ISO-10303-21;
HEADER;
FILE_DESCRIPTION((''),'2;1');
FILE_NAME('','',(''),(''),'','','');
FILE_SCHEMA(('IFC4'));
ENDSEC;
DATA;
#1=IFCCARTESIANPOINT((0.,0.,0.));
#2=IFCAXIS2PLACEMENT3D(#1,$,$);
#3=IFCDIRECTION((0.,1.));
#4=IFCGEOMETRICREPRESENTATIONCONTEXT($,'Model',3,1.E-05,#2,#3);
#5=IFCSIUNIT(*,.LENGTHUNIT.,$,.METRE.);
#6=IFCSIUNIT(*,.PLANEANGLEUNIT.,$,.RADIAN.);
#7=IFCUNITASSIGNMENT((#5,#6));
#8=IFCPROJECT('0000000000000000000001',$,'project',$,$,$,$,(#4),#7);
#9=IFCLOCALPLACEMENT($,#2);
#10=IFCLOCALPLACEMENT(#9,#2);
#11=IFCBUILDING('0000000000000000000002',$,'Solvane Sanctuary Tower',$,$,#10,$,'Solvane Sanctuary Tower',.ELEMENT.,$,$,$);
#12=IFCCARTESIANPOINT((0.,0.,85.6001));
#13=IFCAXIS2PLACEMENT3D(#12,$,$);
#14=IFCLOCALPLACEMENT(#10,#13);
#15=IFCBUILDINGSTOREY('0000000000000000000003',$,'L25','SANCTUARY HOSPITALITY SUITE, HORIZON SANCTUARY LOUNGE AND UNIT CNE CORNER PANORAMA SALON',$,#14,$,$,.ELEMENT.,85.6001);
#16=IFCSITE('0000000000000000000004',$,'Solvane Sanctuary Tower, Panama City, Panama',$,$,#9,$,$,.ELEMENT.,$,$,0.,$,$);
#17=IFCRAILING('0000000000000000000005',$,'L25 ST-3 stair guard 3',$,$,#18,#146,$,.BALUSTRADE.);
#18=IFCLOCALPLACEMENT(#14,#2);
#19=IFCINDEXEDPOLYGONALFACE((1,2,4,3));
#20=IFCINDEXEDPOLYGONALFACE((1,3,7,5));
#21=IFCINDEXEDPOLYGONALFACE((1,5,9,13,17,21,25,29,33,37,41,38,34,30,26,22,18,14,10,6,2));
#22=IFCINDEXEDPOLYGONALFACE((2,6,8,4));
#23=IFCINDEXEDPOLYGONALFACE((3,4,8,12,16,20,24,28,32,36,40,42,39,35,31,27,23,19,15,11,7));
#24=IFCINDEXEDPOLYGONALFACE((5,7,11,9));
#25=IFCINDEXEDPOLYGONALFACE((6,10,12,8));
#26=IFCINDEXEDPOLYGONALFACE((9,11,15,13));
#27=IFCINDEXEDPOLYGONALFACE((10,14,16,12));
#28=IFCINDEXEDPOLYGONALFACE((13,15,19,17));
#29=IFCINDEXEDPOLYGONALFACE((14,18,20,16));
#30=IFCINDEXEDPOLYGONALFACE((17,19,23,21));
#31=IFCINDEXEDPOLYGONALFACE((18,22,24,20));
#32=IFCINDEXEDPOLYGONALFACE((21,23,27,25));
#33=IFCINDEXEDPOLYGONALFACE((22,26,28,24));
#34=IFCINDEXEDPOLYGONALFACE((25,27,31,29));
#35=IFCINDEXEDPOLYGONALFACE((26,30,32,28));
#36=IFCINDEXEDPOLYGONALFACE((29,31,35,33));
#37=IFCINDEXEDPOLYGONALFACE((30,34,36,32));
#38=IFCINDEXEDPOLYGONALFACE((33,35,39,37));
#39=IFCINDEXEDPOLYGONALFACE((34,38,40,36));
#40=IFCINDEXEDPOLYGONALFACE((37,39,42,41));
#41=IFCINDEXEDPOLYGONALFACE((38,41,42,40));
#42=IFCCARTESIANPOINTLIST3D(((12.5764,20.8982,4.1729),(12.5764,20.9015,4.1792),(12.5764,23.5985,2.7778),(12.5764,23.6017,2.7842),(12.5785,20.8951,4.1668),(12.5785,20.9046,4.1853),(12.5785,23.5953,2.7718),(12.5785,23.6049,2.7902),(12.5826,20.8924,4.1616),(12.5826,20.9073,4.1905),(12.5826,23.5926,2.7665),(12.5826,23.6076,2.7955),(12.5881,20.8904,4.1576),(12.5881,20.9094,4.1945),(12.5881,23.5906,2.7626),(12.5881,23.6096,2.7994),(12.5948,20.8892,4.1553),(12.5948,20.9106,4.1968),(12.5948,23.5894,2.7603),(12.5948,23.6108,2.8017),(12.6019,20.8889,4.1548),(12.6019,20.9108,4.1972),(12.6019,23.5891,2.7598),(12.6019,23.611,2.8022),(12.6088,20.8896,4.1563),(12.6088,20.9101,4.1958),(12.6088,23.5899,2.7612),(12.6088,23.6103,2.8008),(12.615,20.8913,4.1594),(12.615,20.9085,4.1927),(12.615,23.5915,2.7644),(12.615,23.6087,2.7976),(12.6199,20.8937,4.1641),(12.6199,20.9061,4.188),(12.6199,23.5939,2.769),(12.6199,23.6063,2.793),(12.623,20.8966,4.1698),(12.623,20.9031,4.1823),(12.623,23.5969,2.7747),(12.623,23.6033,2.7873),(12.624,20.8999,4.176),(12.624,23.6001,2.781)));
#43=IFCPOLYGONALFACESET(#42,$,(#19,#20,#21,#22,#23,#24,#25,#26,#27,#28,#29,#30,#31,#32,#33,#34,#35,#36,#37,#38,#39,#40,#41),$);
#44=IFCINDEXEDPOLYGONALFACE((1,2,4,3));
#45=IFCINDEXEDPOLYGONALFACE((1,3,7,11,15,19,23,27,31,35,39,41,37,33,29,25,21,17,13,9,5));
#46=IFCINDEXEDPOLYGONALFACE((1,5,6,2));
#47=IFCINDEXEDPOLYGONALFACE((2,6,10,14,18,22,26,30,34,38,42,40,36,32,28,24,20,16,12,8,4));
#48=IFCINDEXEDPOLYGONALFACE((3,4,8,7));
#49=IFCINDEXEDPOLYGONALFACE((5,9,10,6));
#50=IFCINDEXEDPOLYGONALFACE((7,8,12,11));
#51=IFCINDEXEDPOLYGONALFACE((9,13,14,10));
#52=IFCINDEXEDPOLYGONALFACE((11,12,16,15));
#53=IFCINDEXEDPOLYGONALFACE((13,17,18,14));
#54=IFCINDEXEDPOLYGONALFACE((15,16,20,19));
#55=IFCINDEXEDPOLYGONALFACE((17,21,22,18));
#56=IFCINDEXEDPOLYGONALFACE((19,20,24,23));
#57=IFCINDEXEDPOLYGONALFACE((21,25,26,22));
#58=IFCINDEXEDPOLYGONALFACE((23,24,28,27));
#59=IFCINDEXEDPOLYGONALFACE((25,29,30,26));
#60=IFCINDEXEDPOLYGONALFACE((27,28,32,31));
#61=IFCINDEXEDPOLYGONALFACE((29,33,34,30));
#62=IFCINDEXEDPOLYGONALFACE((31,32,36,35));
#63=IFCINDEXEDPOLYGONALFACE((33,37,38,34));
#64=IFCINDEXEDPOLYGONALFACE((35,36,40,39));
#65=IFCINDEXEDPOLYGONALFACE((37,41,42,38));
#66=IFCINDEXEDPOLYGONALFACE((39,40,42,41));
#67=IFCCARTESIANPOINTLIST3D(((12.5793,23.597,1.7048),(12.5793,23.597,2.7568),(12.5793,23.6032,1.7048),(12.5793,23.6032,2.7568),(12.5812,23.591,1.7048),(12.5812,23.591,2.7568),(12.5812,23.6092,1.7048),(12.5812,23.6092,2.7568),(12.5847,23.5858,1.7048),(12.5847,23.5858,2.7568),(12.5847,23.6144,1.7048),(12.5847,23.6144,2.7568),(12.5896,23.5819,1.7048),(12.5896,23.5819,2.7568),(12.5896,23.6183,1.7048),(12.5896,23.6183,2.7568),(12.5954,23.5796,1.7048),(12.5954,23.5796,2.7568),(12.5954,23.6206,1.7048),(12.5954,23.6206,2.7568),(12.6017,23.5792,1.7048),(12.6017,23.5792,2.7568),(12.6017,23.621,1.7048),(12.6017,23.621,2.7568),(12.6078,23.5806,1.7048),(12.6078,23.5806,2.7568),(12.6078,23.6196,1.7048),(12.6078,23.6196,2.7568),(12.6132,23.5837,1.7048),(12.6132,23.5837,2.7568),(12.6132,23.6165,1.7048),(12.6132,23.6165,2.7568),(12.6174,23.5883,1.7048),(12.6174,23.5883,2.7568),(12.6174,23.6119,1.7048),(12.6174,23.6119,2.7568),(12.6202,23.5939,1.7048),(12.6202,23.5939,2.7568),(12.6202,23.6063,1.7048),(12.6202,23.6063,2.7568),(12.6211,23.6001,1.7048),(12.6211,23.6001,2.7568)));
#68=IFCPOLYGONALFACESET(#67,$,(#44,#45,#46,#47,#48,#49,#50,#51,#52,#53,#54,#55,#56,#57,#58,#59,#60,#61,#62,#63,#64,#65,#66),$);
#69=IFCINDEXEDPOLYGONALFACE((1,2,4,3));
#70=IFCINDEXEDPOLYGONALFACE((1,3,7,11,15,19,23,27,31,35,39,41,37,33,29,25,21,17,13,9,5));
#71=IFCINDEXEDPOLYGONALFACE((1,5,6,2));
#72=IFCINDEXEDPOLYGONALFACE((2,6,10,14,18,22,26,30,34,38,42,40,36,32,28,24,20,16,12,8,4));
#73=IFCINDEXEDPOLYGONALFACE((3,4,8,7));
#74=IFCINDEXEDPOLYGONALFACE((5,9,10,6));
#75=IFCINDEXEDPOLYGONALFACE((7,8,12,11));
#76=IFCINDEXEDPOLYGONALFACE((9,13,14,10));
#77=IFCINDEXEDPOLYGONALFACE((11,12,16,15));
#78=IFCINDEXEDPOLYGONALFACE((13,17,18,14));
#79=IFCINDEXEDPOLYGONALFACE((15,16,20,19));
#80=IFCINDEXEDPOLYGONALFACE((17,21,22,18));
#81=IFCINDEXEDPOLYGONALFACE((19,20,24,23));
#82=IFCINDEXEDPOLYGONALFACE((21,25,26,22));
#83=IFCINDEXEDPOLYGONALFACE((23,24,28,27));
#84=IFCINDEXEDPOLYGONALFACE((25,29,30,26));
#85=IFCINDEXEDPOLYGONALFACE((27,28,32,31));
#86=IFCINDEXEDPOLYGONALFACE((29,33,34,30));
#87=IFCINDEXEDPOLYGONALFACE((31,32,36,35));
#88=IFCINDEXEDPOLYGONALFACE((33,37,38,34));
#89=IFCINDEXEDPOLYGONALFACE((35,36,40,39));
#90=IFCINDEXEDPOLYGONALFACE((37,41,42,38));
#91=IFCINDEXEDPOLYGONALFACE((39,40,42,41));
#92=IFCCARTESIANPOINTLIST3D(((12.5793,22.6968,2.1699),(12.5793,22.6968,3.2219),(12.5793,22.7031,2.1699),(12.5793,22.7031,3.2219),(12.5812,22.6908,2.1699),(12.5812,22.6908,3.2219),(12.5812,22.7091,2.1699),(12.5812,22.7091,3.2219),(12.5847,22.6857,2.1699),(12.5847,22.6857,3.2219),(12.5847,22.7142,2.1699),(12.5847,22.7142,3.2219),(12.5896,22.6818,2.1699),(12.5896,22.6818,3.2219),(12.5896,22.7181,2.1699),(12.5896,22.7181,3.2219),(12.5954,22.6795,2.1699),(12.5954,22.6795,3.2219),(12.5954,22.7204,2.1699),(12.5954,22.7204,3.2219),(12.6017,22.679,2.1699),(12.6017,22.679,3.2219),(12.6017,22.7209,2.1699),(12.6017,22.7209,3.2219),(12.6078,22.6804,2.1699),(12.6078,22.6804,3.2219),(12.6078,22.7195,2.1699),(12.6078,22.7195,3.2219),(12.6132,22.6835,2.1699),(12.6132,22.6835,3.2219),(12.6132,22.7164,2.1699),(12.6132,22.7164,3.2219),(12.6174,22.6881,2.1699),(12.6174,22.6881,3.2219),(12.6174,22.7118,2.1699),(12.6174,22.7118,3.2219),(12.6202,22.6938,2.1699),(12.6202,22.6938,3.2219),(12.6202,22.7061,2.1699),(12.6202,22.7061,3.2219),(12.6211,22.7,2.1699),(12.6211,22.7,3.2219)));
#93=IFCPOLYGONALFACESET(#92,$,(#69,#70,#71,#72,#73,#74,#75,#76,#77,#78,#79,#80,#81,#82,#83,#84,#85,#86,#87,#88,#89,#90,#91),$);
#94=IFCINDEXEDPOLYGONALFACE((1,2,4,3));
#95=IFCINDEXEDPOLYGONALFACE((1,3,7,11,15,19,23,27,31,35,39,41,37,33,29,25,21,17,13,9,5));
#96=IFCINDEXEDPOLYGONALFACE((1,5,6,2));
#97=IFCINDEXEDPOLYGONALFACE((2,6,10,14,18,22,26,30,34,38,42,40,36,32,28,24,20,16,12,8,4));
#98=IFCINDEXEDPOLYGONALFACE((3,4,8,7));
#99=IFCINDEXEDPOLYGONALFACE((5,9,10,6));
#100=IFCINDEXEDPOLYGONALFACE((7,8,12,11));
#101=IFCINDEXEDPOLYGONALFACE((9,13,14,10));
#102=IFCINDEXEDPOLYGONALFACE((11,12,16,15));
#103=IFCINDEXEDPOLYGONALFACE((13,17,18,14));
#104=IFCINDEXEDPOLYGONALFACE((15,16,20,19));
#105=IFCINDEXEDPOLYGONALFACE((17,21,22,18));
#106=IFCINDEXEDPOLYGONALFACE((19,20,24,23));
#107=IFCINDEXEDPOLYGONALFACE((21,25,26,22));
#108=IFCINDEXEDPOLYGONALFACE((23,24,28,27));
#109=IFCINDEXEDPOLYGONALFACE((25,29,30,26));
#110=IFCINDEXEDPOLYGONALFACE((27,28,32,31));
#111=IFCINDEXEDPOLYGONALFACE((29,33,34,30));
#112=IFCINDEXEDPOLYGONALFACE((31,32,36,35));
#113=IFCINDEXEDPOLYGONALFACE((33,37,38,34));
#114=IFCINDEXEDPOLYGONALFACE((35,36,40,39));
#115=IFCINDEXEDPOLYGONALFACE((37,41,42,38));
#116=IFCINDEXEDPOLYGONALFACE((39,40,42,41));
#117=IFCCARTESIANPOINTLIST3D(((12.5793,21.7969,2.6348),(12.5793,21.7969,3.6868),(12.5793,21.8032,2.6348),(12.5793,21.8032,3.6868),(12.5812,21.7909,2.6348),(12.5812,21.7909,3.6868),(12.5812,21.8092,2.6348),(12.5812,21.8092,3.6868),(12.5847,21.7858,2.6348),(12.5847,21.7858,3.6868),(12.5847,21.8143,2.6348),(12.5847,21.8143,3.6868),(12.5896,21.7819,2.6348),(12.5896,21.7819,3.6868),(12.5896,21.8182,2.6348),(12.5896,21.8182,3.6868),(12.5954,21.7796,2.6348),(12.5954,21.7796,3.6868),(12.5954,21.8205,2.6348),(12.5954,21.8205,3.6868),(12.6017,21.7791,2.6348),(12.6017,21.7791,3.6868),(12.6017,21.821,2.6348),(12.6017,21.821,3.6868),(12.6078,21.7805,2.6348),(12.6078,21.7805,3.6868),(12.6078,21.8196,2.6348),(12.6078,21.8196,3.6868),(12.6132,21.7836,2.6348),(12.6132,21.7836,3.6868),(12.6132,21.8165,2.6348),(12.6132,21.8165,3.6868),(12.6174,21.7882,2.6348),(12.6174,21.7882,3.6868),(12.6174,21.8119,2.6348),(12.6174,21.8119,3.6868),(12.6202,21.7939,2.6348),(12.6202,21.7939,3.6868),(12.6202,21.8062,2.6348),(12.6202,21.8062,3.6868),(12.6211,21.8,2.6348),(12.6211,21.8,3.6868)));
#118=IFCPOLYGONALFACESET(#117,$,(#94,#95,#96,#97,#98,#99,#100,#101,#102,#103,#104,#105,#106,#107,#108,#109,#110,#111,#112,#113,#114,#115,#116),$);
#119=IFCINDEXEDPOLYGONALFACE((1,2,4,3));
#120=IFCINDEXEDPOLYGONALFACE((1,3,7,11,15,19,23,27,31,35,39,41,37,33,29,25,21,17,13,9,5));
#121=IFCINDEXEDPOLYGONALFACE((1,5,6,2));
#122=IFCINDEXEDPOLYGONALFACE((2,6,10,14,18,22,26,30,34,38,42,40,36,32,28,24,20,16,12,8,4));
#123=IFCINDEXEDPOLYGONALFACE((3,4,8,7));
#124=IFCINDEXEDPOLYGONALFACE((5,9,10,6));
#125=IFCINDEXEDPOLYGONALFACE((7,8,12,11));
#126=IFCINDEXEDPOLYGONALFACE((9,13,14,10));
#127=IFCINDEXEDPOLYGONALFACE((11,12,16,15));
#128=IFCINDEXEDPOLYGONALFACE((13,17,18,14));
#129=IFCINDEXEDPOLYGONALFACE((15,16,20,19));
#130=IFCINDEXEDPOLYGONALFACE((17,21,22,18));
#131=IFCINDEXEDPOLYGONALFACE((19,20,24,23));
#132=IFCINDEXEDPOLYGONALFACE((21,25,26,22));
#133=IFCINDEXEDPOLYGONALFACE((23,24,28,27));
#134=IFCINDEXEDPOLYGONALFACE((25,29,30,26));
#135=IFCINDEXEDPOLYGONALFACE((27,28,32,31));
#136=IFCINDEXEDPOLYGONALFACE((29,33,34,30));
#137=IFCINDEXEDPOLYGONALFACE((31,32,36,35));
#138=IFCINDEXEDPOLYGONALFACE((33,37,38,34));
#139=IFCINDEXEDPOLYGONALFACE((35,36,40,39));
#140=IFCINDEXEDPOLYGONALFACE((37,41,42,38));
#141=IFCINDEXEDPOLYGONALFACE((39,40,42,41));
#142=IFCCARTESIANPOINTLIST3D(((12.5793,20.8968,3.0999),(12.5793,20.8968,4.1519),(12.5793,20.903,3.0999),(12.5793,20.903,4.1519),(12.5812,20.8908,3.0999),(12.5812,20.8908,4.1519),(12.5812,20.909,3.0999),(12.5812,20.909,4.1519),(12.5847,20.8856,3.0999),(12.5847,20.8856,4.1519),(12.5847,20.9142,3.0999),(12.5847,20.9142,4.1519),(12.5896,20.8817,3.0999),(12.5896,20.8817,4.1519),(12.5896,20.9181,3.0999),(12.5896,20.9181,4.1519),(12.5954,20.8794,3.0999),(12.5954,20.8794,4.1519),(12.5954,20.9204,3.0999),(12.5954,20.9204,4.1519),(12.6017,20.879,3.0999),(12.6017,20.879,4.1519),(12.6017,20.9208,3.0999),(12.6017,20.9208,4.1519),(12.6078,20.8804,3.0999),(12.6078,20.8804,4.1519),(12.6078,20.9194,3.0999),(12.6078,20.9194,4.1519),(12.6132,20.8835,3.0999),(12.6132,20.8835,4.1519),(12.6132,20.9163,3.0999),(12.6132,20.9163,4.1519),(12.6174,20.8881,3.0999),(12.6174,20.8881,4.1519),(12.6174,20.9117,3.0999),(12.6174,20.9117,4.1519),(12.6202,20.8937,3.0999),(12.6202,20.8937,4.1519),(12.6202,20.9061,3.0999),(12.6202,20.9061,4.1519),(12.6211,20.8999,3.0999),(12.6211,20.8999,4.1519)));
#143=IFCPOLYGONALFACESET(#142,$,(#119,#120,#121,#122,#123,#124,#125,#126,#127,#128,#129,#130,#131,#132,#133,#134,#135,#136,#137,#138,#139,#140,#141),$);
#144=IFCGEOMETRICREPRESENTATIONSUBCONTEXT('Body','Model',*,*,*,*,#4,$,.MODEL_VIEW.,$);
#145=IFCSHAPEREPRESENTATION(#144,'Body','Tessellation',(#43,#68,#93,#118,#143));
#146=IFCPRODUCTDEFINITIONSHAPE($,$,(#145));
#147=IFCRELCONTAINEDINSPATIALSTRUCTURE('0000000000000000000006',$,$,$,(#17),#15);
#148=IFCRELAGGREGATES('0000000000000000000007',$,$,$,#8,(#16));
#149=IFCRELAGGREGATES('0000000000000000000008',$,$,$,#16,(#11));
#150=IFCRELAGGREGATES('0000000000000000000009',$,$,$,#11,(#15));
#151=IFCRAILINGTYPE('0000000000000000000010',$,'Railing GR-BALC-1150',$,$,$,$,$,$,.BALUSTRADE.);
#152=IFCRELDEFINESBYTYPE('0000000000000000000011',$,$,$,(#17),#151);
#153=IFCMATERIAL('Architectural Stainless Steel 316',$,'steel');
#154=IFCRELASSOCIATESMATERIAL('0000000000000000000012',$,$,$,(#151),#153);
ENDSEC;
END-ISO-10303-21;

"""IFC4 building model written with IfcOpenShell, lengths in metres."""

from ifc_helpers import new_model, si_unit, direction, frame, origin, origin_2d, place, context, subcontext, project, spatial, circle, extrude, material, type_object, element, save


model = new_model("IFC4")

# Units and contexts
model_context = context("Model", 3, precision=1e-05, world=origin(), true_north=direction((0.0, 1.0)))
body_context = subcontext(model_context, "Body", "Model", "MODEL_VIEW")
ifc_project = project(units=[si_unit("LENGTHUNIT", "METRE"), si_unit("PLANEANGLEUNIT", "RADIAN")], contexts=[model_context])

# Site, building, storey
site_placement = place(None, origin())
site = spatial("IfcSite", under=ifc_project, at=site_placement, Name="Solvane Sanctuary Tower, Panama City, Panama", CompositionType="ELEMENT", RefElevation=0.0)
building_placement = place(site_placement, origin())
building = spatial("IfcBuilding", under=site, at=building_placement, Name="Solvane Sanctuary Tower", LongName="Solvane Sanctuary Tower", CompositionType="ELEMENT")
storey_placement = place(building_placement, frame((0.0, 0.0, 85.6001)))
storey = spatial("IfcBuildingStorey", under=building, at=storey_placement, Name="L25", Description="SANCTUARY HOSPITALITY SUITE, HORIZON SANCTUARY LOUNGE AND UNIT CNE CORNER PANORAMA SALON", CompositionType="ELEMENT", Elevation=85.6001)

# Railing
ifc_material_1 = material(Name="Architectural Stainless Steel 316", Category="steel")
railing_type_1 = type_object("IfcRailingType", Name="Railing GR-BALC-1150", PredefinedType="BALUSTRADE", material=ifc_material_1)
railing_1_placement = place(storey_placement, frame((12.6001, 23.6001, 1.7048)))
element("IfcRailing", 1, at=railing_1_placement, inside=storey, type_object=railing_type_1, Name="L25 ST-3 stair guard 3", PredefinedType="BALUSTRADE", context=body_context, shape_type="SweptSolid", body=[
    extrude(circle(Radius=0.0239, at=origin_2d()), frame((0.0, 0.0, 1.0762), z_axis=(0.0, -0.888437, 0.458999), x_axis=(1.0, 0.0, 0.0)), (0.0, 0.0, 1.0), 3.0393),
    extrude(circle(Radius=0.021, at=origin_2d()), origin(), (0.0, 0.0, 1.0), 1.052),
    extrude(circle(Radius=0.021, at=origin_2d()), frame((0.0, -0.9001, 0.4651)), (0.0, 0.0, 1.0), 1.052),
    extrude(circle(Radius=0.021, at=origin_2d()), frame((0.0, -1.8, 0.9299)), (0.0, 0.0, 1.0), 1.052),
    extrude(circle(Radius=0.021, at=origin_2d()), frame((0.0, -2.7002, 1.395)), (0.0, 0.0, 1.0), 1.052),
])

save(model, "model.ifc")
